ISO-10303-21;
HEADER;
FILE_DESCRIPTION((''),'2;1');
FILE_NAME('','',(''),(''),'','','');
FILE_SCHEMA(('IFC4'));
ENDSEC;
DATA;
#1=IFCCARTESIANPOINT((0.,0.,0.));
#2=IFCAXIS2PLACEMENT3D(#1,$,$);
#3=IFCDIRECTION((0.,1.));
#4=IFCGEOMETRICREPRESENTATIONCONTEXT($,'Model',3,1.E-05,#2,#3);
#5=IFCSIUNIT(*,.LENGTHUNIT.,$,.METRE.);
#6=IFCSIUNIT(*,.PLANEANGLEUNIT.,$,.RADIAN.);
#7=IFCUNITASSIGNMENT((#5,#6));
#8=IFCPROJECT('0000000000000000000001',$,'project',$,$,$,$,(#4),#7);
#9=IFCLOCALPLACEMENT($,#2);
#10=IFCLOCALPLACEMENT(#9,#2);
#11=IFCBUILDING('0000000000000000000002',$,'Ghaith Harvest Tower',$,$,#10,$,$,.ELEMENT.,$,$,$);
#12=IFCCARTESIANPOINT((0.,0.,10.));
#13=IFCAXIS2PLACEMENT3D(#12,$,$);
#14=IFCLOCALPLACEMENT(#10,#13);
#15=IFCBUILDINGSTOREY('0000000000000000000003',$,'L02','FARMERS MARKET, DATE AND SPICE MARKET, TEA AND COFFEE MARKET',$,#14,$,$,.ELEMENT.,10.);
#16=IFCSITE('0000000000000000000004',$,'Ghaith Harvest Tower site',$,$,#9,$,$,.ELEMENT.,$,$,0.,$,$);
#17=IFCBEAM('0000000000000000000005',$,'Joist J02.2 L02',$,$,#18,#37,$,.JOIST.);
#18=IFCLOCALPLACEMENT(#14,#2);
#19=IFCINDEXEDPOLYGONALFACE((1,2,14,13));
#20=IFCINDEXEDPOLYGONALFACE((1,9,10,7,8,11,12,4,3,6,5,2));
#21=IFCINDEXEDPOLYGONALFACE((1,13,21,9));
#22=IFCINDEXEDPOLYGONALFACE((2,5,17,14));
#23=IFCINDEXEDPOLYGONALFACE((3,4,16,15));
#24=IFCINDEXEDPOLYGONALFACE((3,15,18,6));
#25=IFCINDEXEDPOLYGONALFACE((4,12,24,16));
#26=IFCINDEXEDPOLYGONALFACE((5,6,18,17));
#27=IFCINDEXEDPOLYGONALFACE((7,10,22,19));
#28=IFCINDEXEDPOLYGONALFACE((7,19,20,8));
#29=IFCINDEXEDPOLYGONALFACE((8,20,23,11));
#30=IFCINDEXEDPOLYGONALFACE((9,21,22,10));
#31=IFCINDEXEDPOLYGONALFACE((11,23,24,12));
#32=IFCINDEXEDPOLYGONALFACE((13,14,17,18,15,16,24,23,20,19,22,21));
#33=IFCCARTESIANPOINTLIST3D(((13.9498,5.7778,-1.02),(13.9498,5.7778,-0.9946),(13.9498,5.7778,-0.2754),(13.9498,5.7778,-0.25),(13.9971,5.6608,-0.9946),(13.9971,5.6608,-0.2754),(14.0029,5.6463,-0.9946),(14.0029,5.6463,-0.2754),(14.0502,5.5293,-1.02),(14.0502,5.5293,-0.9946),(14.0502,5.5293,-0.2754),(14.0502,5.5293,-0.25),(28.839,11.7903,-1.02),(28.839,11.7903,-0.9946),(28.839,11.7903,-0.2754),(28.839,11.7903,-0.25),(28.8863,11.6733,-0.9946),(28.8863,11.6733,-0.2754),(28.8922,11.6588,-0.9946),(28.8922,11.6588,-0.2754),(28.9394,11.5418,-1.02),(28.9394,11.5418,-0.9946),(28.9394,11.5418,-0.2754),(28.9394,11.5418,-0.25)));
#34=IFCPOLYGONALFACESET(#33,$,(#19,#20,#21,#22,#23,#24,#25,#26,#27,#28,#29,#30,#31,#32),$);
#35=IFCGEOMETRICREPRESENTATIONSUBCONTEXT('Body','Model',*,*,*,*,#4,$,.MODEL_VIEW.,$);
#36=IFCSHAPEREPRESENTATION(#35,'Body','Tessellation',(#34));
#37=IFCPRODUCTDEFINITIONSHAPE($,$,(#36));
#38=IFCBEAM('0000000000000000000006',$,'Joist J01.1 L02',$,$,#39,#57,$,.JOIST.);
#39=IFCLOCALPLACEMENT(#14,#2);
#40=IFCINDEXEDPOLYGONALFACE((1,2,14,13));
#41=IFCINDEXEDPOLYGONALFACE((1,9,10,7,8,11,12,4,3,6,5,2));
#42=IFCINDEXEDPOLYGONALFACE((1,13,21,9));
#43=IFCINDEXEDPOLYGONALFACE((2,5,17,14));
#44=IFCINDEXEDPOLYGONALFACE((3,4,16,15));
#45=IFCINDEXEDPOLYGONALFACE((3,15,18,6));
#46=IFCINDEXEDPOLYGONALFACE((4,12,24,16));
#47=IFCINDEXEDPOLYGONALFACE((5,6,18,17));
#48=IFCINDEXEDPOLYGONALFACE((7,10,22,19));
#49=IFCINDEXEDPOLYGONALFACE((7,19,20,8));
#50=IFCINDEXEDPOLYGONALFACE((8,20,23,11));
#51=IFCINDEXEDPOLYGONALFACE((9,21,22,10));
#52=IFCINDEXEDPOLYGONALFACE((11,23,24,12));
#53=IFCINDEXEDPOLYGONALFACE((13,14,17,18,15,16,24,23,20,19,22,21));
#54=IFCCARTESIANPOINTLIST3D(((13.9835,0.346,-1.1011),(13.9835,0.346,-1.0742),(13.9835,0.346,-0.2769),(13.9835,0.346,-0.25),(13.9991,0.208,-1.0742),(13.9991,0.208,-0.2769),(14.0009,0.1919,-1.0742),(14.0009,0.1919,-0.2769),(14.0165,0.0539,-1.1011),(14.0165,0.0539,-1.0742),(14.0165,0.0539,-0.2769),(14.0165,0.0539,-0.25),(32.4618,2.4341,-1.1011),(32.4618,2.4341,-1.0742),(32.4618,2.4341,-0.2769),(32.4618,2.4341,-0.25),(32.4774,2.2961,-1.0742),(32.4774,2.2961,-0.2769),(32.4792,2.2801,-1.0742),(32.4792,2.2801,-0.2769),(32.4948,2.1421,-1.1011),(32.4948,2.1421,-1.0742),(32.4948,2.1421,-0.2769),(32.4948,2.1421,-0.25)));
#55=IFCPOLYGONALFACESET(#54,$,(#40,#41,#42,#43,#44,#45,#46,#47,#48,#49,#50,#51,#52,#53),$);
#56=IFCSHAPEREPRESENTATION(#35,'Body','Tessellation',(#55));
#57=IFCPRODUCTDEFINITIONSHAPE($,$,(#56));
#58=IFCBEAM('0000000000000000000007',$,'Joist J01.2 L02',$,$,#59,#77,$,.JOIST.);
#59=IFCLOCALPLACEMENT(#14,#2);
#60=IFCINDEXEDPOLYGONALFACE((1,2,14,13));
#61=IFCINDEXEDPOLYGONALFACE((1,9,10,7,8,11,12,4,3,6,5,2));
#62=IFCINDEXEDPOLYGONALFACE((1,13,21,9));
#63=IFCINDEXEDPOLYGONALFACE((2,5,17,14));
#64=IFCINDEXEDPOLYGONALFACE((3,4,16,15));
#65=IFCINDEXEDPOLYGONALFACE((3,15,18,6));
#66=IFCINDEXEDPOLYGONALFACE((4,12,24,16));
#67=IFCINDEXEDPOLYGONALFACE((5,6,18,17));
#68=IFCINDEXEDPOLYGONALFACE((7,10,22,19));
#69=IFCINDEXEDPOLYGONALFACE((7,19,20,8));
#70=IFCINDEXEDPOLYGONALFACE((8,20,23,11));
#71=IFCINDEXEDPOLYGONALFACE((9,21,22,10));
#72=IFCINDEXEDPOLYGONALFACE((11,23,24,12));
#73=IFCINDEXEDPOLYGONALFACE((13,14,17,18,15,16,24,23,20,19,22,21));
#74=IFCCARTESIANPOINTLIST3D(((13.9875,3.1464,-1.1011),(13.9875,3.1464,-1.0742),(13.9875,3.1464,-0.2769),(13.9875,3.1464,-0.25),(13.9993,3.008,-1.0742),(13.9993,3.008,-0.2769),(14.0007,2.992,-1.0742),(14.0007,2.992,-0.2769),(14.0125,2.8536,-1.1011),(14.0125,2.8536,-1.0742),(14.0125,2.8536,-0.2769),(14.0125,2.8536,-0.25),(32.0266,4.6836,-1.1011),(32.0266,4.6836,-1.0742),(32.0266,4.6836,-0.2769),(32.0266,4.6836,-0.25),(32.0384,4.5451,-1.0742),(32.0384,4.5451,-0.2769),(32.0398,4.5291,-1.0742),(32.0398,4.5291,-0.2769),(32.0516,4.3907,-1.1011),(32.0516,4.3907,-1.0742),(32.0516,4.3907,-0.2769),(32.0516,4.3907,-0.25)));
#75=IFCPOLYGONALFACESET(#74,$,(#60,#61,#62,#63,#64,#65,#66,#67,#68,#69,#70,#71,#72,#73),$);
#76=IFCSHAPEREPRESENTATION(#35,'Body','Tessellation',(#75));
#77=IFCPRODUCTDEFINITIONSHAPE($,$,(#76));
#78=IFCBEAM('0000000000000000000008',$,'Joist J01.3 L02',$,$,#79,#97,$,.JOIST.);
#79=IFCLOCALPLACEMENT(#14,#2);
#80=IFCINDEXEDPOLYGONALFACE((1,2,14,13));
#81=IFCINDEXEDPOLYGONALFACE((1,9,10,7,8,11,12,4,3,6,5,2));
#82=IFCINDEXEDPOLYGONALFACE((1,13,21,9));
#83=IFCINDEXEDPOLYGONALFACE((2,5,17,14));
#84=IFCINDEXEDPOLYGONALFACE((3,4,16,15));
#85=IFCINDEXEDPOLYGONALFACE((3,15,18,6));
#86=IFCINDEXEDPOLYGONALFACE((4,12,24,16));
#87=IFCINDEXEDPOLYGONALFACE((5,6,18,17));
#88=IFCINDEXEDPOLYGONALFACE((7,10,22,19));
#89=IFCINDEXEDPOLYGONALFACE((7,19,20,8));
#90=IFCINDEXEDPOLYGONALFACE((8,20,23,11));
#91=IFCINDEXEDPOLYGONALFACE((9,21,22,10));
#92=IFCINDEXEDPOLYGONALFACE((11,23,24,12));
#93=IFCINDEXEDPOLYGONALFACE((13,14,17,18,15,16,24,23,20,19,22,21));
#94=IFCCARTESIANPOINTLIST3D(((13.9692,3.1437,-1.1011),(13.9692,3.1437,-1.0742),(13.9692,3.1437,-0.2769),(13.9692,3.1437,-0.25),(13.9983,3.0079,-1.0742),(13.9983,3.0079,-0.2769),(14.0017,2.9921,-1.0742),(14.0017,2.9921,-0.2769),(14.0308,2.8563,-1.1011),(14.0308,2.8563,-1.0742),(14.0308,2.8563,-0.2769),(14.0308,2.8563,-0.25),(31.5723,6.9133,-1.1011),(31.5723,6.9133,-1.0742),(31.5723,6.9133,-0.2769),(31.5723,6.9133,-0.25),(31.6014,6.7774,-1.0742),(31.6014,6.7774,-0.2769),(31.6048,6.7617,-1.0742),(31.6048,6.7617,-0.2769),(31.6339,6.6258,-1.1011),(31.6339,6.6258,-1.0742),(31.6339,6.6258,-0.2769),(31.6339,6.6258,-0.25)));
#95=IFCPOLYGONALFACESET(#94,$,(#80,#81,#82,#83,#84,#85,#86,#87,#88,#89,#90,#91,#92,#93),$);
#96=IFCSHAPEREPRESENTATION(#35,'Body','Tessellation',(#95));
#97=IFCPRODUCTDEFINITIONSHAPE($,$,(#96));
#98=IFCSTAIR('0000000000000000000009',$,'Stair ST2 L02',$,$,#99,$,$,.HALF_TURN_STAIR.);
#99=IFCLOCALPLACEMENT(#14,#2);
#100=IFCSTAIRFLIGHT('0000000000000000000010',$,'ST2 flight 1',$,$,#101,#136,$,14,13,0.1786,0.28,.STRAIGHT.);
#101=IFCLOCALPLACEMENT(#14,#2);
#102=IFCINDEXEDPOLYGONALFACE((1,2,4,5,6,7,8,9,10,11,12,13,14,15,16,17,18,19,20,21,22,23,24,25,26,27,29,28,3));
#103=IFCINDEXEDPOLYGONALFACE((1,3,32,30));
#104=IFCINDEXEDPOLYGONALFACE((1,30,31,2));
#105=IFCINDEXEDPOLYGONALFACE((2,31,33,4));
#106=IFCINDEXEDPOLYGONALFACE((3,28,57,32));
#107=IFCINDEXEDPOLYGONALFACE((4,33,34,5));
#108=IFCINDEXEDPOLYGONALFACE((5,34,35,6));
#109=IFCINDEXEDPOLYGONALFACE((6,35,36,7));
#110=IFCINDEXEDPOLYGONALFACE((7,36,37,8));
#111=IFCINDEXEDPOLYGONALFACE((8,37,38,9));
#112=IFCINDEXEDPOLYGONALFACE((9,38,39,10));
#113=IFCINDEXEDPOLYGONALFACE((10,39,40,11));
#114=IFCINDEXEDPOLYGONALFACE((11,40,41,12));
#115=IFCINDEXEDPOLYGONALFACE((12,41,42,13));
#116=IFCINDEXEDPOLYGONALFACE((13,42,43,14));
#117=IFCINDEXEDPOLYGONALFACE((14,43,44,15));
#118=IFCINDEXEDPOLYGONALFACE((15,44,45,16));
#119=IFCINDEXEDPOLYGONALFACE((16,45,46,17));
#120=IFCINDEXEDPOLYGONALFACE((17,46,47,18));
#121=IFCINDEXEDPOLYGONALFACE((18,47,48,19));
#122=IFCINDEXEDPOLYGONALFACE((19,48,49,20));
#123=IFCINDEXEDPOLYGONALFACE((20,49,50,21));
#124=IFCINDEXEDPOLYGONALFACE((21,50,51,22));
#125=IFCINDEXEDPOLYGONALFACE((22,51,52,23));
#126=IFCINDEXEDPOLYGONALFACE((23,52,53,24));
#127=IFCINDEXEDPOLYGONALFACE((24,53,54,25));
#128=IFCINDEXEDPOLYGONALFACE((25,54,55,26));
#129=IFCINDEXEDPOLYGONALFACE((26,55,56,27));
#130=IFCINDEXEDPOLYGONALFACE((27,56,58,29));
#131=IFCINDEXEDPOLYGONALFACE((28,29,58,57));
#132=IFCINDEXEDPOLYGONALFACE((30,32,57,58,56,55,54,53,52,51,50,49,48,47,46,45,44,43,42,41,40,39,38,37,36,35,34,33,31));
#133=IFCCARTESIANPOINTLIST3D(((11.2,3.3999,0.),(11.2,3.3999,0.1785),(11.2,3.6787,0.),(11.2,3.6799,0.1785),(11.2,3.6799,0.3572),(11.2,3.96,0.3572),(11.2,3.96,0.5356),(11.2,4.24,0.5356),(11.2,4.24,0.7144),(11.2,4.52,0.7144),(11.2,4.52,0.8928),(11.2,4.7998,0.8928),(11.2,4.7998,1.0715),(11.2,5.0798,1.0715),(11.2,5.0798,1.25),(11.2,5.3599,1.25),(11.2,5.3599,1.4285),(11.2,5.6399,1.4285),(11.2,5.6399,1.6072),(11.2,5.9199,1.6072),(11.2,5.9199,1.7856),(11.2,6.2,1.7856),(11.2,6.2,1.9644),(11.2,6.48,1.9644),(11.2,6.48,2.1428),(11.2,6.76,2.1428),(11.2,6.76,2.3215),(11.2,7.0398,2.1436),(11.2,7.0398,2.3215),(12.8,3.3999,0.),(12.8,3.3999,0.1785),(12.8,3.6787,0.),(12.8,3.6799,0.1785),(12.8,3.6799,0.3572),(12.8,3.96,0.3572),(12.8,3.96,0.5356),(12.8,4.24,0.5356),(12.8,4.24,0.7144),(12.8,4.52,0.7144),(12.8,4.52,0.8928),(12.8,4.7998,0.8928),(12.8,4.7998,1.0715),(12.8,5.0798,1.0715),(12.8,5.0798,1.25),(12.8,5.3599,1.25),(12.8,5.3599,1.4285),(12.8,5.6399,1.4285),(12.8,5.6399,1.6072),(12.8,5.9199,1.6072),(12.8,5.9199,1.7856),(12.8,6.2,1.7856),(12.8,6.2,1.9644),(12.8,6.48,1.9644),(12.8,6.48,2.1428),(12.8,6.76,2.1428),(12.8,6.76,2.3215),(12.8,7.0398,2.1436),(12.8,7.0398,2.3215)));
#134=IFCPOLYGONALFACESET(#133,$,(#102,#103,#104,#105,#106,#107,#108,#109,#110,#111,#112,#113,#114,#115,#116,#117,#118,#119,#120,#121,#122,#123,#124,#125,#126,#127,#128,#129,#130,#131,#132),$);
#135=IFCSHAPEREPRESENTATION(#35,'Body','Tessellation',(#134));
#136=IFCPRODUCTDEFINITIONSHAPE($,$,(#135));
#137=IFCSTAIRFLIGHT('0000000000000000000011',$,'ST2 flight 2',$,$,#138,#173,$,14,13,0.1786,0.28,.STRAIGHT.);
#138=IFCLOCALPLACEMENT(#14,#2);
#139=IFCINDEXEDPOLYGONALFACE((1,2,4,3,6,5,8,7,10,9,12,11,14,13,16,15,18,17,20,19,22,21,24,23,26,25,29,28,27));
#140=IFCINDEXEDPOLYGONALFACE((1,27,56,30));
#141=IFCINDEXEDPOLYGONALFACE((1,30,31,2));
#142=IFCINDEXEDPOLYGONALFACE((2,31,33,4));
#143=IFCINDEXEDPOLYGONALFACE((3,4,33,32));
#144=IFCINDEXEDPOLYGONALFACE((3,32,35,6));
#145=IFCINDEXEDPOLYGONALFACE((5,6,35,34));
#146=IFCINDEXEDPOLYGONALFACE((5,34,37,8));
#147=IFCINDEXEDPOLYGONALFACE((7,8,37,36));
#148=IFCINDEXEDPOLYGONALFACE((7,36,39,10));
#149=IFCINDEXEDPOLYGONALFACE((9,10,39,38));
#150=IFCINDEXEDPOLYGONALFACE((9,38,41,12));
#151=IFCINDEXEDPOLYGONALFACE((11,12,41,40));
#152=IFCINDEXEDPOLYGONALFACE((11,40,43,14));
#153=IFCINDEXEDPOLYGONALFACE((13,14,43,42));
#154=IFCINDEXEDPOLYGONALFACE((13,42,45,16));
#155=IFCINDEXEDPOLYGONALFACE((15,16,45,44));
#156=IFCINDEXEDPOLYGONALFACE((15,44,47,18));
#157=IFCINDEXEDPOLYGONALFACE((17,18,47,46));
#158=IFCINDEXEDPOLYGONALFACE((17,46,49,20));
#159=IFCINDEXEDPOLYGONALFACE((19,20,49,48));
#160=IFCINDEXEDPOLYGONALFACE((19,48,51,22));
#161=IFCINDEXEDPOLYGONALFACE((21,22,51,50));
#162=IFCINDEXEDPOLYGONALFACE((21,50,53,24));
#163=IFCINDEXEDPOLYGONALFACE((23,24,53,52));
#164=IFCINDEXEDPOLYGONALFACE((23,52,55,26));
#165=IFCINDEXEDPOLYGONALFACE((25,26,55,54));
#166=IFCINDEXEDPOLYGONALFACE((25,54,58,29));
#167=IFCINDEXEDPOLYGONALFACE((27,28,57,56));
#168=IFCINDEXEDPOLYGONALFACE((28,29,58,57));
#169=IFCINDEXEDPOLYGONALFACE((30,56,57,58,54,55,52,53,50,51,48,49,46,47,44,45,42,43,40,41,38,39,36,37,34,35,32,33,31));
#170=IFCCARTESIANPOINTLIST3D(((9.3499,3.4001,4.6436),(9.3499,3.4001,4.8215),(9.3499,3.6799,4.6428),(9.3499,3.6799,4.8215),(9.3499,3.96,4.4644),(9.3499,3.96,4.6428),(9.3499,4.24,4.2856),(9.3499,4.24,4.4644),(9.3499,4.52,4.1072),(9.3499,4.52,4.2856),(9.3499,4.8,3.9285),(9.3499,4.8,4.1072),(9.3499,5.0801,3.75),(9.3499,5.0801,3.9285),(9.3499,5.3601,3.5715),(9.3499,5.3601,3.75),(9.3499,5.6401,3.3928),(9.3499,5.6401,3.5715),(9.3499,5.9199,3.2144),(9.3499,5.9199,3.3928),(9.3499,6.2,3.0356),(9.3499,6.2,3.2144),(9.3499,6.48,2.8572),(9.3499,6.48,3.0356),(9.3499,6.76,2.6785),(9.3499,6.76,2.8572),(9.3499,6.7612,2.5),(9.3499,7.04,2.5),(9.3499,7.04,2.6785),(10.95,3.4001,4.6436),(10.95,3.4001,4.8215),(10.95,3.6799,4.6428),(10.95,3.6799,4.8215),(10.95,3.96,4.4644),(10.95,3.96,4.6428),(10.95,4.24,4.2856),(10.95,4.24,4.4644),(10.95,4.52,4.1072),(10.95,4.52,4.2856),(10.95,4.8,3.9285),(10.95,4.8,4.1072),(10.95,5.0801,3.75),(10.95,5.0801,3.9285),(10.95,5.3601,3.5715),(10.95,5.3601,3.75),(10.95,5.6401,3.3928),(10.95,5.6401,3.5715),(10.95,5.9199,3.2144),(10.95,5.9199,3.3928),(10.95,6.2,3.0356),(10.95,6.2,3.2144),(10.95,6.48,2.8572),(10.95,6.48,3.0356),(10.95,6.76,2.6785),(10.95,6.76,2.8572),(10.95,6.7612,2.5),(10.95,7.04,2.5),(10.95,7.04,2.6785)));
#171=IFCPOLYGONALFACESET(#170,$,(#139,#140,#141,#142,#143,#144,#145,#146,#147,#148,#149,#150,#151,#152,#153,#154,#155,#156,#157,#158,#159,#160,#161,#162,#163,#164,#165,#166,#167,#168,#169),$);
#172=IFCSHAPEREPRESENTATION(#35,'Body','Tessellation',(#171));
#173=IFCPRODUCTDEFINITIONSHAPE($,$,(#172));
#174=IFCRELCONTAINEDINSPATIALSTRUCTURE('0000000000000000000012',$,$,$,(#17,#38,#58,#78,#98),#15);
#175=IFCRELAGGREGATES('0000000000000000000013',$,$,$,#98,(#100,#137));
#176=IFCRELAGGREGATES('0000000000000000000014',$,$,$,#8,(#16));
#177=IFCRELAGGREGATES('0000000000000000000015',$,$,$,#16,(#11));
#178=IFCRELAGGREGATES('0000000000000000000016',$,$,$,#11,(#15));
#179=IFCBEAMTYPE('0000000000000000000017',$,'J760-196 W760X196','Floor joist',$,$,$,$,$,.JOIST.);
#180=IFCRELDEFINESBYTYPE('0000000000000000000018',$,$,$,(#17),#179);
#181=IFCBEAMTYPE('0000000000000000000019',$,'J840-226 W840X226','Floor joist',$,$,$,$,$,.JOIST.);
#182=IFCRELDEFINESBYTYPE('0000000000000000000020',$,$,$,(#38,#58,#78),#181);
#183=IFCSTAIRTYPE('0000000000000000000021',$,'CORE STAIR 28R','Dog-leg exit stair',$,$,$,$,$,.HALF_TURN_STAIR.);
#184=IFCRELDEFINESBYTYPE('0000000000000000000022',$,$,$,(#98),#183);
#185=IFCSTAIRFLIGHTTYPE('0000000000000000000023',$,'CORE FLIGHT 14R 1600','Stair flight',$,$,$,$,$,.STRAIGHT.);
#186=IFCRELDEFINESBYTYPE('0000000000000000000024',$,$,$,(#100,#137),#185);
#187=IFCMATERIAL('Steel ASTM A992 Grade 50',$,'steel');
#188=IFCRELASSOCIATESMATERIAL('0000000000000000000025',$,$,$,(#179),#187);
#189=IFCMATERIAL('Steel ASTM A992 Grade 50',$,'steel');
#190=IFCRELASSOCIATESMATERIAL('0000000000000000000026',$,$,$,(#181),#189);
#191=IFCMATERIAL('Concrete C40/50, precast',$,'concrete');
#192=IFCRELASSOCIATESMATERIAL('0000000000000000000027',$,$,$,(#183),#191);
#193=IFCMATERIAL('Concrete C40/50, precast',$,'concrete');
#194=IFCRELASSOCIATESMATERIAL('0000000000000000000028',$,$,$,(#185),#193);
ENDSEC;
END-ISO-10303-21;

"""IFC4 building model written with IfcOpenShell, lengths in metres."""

from ifc_helpers import new_model, si_unit, direction, frame, origin, origin_2d, place, context, subcontext, project, spatial, polyline, i_section, outline, extrude, material, material_profile, profile_set, type_object, element, aggregate, save


model = new_model("IFC4")

# Units and contexts
model_context = context("Model", 3, precision=1e-05, world=origin(), true_north=direction((0.0, 1.0)))
body_context = subcontext(model_context, "Body", "Model", "MODEL_VIEW")
ifc_project = project(units=[si_unit("LENGTHUNIT", "METRE"), si_unit("PLANEANGLEUNIT", "RADIAN")], contexts=[model_context])

# Site, building, storey
site_placement = place(None, origin())
site = spatial("IfcSite", under=ifc_project, at=site_placement, Name="Ghaith Harvest Tower site", CompositionType="ELEMENT", RefElevation=0.0)
building_placement = place(site_placement, origin())
building = spatial("IfcBuilding", under=site, at=building_placement, Name="Ghaith Harvest Tower", CompositionType="ELEMENT")
storey_placement = place(building_placement, frame((0.0, 0.0, 10.0)))
storey = spatial("IfcBuildingStorey", under=building, at=storey_placement, Name="L02", Description="FARMERS MARKET, DATE AND SPICE MARKET, TEA AND COFFEE MARKET", CompositionType="ELEMENT", Elevation=10.0)

# Beams
ifc_material_1 = material(Name="Steel ASTM A992 Grade 50", Category="steel")
ifc_material_profile_1 = material_profile(ifc_material_1, i_section(OverallWidth=0.2681, OverallDepth=0.77, WebThickness=0.0156, FlangeThickness=0.0254, at=origin_2d()), Name="W760X196")
ifc_profile_set_1 = profile_set([ifc_material_profile_1], Name="Steel ASTM A992 Grade 50")
beam_type_1 = type_object("IfcBeamType", Name="J760-196 W760X196", Description="Floor joist", PredefinedType="JOIST", material=ifc_profile_set_1)
beam_1_placement = place(storey_placement, frame((14.0, 5.6536, -0.635), z_axis=(0.927252, 0.374437, 0.0), x_axis=(-0.374437, 0.927252, 0.0)))
element("IfcBeam", 1, at=beam_1_placement, inside=storey, type_object=beam_type_1, Name="Joist J02.2 L02", PredefinedType="JOIST", context=body_context, shape_type="SweptSolid", body=[
    extrude(i_section(OverallWidth=0.2681, OverallDepth=0.77, WebThickness=0.0156, FlangeThickness=0.0254, at=origin_2d()), origin(), (0.0, 0.0, 1.0), 16.0574),
])
ifc_material_2 = material(Name="Steel ASTM A992 Grade 50", Category="steel")
ifc_material_profile_2 = material_profile(ifc_material_2, i_section(OverallWidth=0.2939, OverallDepth=0.8511, WebThickness=0.0161, FlangeThickness=0.0269, at=origin_2d()), Name="W840X226")
ifc_profile_set_2 = profile_set([ifc_material_profile_2], Name="Steel ASTM A992 Grade 50")
beam_type_2 = type_object("IfcBeamType", Name="J840-226 W840X226", Description="Floor joist", PredefinedType="JOIST", material=ifc_profile_set_2)
beam_2_placement = place(storey_placement, frame((14.0, 0.2, -0.6755), z_axis=(0.993675, 0.11229, 0.0), x_axis=(-0.11229, 0.993675, 0.0)))
element("IfcBeam", 2, at=beam_2_placement, inside=storey, type_object=beam_type_2, Name="Joist J01.1 L02", PredefinedType="JOIST", context=body_context, shape_type="SweptSolid", body=[
    extrude(i_section(OverallWidth=0.2939, OverallDepth=0.8511, WebThickness=0.0161, FlangeThickness=0.0269, at=origin_2d()), origin(), (0.0, 0.0, 1.0), 18.5959),
])
beam_3_placement = place(storey_placement, frame((14.0, 3.0, -0.6755), z_axis=(0.996389, 0.084902, 0.0), x_axis=(-0.084902, 0.996389, 0.0)))
element("IfcBeam", 3, at=beam_3_placement, inside=storey, type_object=beam_type_2, Name="Joist J01.2 L02", PredefinedType="JOIST", context=body_context, shape_type="SweptSolid", body=[
    extrude(i_section(OverallWidth=0.2939, OverallDepth=0.8511, WebThickness=0.0161, FlangeThickness=0.0269, at=origin_2d()), origin(), (0.0, 0.0, 1.0), 18.1045),
])
beam_4_placement = place(storey_placement, frame((14.0, 3.0, -0.6755), z_axis=(0.977831, 0.209394, 0.0), x_axis=(-0.209394, 0.977831, 0.0)))
element("IfcBeam", 4, at=beam_4_placement, inside=storey, type_object=beam_type_2, Name="Joist J01.3 L02", PredefinedType="JOIST", context=body_context, shape_type="SweptSolid", body=[
    extrude(i_section(OverallWidth=0.2939, OverallDepth=0.8511, WebThickness=0.0161, FlangeThickness=0.0269, at=origin_2d()), origin(), (0.0, 0.0, 1.0), 18.0022),
])

# Stair, stair flights
ifc_material_3 = material(Name="Concrete C40/50, precast", Category="concrete")
stair_type = type_object("IfcStairType", Name="CORE STAIR 28R", Description="Dog-leg exit stair", PredefinedType="HALF_TURN_STAIR", material=ifc_material_3)
stair_placement = place(storey_placement, origin())
stair = element("IfcStair", 5, at=stair_placement, inside=storey, type_object=stair_type, Name="Stair ST2 L02", PredefinedType="HALF_TURN_STAIR")
ifc_material_4 = material(Name="Concrete C40/50, precast", Category="concrete")
stair_flight_type = type_object("IfcStairFlightType", Name="CORE FLIGHT 14R 1600", Description="Stair flight", PredefinedType="STRAIGHT", material=ifc_material_4)
stair_flight_1_placement = place(storey_placement, frame((12.0, 3.3999, 0.0), z_axis=(0.0, 0.0, 1.0), x_axis=(0.0, 1.0, 0.0)))
stair_flight_1 = element("IfcStairFlight", 6, at=stair_flight_1_placement, type_object=stair_flight_type, Name="ST2 flight 1", NumberOfRisers=14, NumberOfTreads=13, PredefinedType="STRAIGHT", RiserHeight=0.1786, TreadLength=0.28, context=body_context, shape_type="SweptSolid", body=[
    extrude(outline(polyline([(0.0, 0.0), (0.0, 0.1785), (0.28, 0.1785), (0.28, 0.3572), (0.5601, 0.3572), (0.5601, 0.5356), (0.8401, 0.5356), (0.8401, 0.7144), (1.1201, 0.7144), (1.1201, 0.8928), (1.3999, 0.8928), (1.3999, 1.0715), (1.6799, 1.0715), (1.6799, 1.25), (1.96, 1.25), (1.96, 1.4285), (2.24, 1.4285), (2.24, 1.6072), (2.52, 1.6072), (2.52, 1.7856), (2.8, 1.7856), (2.8, 1.9644), (3.0801, 1.9644), (3.0801, 2.1428), (3.3601, 2.1428), (3.3601, 2.3215), (3.6399, 2.3215), (3.6399, 2.5), (3.6399, 2.1436), (0.2788, 0.0), (0.0, 0.0)])), frame((0.0, 0.8, 0.0), z_axis=(0.0, -1.0, 0.0), x_axis=(1.0, 0.0, 0.0)), (0.0, 0.0, 1.0), 1.6001),
])
stair_flight_2_placement = place(storey_placement, frame((10.1499, 7.04, 2.5), z_axis=(0.0, 0.0, 1.0), x_axis=(0.0, -1.0, 0.0)))
stair_flight_2 = element("IfcStairFlight", 7, at=stair_flight_2_placement, type_object=stair_flight_type, Name="ST2 flight 2", NumberOfRisers=14, NumberOfTreads=13, PredefinedType="STRAIGHT", RiserHeight=0.1786, TreadLength=0.28, context=body_context, shape_type="SweptSolid", body=[
    extrude(outline(polyline([(0.0, 0.0), (0.0, 0.1785), (0.28, 0.1785), (0.28, 0.3572), (0.5601, 0.3572), (0.5601, 0.5356), (0.8401, 0.5356), (0.8401, 0.7144), (1.1201, 0.7144), (1.1201, 0.8928), (1.3999, 0.8928), (1.3999, 1.0715), (1.6799, 1.0715), (1.6799, 1.25), (1.96, 1.25), (1.96, 1.4285), (2.24, 1.4285), (2.24, 1.6072), (2.52, 1.6072), (2.52, 1.7856), (2.8, 1.7856), (2.8, 1.9644), (3.0801, 1.9644), (3.0801, 2.1428), (3.3601, 2.1428), (3.3601, 2.3215), (3.6399, 2.3215), (3.6399, 2.5), (3.6399, 2.1436), (0.2788, 0.0), (0.0, 0.0)])), frame((0.0, 0.8, 0.0), z_axis=(0.0, -1.0, 0.0), x_axis=(1.0, 0.0, 0.0)), (0.0, 0.0, 1.0), 1.6001),
])
aggregate(stair, [stair_flight_1, stair_flight_2])

save(model, "model.ifc")
